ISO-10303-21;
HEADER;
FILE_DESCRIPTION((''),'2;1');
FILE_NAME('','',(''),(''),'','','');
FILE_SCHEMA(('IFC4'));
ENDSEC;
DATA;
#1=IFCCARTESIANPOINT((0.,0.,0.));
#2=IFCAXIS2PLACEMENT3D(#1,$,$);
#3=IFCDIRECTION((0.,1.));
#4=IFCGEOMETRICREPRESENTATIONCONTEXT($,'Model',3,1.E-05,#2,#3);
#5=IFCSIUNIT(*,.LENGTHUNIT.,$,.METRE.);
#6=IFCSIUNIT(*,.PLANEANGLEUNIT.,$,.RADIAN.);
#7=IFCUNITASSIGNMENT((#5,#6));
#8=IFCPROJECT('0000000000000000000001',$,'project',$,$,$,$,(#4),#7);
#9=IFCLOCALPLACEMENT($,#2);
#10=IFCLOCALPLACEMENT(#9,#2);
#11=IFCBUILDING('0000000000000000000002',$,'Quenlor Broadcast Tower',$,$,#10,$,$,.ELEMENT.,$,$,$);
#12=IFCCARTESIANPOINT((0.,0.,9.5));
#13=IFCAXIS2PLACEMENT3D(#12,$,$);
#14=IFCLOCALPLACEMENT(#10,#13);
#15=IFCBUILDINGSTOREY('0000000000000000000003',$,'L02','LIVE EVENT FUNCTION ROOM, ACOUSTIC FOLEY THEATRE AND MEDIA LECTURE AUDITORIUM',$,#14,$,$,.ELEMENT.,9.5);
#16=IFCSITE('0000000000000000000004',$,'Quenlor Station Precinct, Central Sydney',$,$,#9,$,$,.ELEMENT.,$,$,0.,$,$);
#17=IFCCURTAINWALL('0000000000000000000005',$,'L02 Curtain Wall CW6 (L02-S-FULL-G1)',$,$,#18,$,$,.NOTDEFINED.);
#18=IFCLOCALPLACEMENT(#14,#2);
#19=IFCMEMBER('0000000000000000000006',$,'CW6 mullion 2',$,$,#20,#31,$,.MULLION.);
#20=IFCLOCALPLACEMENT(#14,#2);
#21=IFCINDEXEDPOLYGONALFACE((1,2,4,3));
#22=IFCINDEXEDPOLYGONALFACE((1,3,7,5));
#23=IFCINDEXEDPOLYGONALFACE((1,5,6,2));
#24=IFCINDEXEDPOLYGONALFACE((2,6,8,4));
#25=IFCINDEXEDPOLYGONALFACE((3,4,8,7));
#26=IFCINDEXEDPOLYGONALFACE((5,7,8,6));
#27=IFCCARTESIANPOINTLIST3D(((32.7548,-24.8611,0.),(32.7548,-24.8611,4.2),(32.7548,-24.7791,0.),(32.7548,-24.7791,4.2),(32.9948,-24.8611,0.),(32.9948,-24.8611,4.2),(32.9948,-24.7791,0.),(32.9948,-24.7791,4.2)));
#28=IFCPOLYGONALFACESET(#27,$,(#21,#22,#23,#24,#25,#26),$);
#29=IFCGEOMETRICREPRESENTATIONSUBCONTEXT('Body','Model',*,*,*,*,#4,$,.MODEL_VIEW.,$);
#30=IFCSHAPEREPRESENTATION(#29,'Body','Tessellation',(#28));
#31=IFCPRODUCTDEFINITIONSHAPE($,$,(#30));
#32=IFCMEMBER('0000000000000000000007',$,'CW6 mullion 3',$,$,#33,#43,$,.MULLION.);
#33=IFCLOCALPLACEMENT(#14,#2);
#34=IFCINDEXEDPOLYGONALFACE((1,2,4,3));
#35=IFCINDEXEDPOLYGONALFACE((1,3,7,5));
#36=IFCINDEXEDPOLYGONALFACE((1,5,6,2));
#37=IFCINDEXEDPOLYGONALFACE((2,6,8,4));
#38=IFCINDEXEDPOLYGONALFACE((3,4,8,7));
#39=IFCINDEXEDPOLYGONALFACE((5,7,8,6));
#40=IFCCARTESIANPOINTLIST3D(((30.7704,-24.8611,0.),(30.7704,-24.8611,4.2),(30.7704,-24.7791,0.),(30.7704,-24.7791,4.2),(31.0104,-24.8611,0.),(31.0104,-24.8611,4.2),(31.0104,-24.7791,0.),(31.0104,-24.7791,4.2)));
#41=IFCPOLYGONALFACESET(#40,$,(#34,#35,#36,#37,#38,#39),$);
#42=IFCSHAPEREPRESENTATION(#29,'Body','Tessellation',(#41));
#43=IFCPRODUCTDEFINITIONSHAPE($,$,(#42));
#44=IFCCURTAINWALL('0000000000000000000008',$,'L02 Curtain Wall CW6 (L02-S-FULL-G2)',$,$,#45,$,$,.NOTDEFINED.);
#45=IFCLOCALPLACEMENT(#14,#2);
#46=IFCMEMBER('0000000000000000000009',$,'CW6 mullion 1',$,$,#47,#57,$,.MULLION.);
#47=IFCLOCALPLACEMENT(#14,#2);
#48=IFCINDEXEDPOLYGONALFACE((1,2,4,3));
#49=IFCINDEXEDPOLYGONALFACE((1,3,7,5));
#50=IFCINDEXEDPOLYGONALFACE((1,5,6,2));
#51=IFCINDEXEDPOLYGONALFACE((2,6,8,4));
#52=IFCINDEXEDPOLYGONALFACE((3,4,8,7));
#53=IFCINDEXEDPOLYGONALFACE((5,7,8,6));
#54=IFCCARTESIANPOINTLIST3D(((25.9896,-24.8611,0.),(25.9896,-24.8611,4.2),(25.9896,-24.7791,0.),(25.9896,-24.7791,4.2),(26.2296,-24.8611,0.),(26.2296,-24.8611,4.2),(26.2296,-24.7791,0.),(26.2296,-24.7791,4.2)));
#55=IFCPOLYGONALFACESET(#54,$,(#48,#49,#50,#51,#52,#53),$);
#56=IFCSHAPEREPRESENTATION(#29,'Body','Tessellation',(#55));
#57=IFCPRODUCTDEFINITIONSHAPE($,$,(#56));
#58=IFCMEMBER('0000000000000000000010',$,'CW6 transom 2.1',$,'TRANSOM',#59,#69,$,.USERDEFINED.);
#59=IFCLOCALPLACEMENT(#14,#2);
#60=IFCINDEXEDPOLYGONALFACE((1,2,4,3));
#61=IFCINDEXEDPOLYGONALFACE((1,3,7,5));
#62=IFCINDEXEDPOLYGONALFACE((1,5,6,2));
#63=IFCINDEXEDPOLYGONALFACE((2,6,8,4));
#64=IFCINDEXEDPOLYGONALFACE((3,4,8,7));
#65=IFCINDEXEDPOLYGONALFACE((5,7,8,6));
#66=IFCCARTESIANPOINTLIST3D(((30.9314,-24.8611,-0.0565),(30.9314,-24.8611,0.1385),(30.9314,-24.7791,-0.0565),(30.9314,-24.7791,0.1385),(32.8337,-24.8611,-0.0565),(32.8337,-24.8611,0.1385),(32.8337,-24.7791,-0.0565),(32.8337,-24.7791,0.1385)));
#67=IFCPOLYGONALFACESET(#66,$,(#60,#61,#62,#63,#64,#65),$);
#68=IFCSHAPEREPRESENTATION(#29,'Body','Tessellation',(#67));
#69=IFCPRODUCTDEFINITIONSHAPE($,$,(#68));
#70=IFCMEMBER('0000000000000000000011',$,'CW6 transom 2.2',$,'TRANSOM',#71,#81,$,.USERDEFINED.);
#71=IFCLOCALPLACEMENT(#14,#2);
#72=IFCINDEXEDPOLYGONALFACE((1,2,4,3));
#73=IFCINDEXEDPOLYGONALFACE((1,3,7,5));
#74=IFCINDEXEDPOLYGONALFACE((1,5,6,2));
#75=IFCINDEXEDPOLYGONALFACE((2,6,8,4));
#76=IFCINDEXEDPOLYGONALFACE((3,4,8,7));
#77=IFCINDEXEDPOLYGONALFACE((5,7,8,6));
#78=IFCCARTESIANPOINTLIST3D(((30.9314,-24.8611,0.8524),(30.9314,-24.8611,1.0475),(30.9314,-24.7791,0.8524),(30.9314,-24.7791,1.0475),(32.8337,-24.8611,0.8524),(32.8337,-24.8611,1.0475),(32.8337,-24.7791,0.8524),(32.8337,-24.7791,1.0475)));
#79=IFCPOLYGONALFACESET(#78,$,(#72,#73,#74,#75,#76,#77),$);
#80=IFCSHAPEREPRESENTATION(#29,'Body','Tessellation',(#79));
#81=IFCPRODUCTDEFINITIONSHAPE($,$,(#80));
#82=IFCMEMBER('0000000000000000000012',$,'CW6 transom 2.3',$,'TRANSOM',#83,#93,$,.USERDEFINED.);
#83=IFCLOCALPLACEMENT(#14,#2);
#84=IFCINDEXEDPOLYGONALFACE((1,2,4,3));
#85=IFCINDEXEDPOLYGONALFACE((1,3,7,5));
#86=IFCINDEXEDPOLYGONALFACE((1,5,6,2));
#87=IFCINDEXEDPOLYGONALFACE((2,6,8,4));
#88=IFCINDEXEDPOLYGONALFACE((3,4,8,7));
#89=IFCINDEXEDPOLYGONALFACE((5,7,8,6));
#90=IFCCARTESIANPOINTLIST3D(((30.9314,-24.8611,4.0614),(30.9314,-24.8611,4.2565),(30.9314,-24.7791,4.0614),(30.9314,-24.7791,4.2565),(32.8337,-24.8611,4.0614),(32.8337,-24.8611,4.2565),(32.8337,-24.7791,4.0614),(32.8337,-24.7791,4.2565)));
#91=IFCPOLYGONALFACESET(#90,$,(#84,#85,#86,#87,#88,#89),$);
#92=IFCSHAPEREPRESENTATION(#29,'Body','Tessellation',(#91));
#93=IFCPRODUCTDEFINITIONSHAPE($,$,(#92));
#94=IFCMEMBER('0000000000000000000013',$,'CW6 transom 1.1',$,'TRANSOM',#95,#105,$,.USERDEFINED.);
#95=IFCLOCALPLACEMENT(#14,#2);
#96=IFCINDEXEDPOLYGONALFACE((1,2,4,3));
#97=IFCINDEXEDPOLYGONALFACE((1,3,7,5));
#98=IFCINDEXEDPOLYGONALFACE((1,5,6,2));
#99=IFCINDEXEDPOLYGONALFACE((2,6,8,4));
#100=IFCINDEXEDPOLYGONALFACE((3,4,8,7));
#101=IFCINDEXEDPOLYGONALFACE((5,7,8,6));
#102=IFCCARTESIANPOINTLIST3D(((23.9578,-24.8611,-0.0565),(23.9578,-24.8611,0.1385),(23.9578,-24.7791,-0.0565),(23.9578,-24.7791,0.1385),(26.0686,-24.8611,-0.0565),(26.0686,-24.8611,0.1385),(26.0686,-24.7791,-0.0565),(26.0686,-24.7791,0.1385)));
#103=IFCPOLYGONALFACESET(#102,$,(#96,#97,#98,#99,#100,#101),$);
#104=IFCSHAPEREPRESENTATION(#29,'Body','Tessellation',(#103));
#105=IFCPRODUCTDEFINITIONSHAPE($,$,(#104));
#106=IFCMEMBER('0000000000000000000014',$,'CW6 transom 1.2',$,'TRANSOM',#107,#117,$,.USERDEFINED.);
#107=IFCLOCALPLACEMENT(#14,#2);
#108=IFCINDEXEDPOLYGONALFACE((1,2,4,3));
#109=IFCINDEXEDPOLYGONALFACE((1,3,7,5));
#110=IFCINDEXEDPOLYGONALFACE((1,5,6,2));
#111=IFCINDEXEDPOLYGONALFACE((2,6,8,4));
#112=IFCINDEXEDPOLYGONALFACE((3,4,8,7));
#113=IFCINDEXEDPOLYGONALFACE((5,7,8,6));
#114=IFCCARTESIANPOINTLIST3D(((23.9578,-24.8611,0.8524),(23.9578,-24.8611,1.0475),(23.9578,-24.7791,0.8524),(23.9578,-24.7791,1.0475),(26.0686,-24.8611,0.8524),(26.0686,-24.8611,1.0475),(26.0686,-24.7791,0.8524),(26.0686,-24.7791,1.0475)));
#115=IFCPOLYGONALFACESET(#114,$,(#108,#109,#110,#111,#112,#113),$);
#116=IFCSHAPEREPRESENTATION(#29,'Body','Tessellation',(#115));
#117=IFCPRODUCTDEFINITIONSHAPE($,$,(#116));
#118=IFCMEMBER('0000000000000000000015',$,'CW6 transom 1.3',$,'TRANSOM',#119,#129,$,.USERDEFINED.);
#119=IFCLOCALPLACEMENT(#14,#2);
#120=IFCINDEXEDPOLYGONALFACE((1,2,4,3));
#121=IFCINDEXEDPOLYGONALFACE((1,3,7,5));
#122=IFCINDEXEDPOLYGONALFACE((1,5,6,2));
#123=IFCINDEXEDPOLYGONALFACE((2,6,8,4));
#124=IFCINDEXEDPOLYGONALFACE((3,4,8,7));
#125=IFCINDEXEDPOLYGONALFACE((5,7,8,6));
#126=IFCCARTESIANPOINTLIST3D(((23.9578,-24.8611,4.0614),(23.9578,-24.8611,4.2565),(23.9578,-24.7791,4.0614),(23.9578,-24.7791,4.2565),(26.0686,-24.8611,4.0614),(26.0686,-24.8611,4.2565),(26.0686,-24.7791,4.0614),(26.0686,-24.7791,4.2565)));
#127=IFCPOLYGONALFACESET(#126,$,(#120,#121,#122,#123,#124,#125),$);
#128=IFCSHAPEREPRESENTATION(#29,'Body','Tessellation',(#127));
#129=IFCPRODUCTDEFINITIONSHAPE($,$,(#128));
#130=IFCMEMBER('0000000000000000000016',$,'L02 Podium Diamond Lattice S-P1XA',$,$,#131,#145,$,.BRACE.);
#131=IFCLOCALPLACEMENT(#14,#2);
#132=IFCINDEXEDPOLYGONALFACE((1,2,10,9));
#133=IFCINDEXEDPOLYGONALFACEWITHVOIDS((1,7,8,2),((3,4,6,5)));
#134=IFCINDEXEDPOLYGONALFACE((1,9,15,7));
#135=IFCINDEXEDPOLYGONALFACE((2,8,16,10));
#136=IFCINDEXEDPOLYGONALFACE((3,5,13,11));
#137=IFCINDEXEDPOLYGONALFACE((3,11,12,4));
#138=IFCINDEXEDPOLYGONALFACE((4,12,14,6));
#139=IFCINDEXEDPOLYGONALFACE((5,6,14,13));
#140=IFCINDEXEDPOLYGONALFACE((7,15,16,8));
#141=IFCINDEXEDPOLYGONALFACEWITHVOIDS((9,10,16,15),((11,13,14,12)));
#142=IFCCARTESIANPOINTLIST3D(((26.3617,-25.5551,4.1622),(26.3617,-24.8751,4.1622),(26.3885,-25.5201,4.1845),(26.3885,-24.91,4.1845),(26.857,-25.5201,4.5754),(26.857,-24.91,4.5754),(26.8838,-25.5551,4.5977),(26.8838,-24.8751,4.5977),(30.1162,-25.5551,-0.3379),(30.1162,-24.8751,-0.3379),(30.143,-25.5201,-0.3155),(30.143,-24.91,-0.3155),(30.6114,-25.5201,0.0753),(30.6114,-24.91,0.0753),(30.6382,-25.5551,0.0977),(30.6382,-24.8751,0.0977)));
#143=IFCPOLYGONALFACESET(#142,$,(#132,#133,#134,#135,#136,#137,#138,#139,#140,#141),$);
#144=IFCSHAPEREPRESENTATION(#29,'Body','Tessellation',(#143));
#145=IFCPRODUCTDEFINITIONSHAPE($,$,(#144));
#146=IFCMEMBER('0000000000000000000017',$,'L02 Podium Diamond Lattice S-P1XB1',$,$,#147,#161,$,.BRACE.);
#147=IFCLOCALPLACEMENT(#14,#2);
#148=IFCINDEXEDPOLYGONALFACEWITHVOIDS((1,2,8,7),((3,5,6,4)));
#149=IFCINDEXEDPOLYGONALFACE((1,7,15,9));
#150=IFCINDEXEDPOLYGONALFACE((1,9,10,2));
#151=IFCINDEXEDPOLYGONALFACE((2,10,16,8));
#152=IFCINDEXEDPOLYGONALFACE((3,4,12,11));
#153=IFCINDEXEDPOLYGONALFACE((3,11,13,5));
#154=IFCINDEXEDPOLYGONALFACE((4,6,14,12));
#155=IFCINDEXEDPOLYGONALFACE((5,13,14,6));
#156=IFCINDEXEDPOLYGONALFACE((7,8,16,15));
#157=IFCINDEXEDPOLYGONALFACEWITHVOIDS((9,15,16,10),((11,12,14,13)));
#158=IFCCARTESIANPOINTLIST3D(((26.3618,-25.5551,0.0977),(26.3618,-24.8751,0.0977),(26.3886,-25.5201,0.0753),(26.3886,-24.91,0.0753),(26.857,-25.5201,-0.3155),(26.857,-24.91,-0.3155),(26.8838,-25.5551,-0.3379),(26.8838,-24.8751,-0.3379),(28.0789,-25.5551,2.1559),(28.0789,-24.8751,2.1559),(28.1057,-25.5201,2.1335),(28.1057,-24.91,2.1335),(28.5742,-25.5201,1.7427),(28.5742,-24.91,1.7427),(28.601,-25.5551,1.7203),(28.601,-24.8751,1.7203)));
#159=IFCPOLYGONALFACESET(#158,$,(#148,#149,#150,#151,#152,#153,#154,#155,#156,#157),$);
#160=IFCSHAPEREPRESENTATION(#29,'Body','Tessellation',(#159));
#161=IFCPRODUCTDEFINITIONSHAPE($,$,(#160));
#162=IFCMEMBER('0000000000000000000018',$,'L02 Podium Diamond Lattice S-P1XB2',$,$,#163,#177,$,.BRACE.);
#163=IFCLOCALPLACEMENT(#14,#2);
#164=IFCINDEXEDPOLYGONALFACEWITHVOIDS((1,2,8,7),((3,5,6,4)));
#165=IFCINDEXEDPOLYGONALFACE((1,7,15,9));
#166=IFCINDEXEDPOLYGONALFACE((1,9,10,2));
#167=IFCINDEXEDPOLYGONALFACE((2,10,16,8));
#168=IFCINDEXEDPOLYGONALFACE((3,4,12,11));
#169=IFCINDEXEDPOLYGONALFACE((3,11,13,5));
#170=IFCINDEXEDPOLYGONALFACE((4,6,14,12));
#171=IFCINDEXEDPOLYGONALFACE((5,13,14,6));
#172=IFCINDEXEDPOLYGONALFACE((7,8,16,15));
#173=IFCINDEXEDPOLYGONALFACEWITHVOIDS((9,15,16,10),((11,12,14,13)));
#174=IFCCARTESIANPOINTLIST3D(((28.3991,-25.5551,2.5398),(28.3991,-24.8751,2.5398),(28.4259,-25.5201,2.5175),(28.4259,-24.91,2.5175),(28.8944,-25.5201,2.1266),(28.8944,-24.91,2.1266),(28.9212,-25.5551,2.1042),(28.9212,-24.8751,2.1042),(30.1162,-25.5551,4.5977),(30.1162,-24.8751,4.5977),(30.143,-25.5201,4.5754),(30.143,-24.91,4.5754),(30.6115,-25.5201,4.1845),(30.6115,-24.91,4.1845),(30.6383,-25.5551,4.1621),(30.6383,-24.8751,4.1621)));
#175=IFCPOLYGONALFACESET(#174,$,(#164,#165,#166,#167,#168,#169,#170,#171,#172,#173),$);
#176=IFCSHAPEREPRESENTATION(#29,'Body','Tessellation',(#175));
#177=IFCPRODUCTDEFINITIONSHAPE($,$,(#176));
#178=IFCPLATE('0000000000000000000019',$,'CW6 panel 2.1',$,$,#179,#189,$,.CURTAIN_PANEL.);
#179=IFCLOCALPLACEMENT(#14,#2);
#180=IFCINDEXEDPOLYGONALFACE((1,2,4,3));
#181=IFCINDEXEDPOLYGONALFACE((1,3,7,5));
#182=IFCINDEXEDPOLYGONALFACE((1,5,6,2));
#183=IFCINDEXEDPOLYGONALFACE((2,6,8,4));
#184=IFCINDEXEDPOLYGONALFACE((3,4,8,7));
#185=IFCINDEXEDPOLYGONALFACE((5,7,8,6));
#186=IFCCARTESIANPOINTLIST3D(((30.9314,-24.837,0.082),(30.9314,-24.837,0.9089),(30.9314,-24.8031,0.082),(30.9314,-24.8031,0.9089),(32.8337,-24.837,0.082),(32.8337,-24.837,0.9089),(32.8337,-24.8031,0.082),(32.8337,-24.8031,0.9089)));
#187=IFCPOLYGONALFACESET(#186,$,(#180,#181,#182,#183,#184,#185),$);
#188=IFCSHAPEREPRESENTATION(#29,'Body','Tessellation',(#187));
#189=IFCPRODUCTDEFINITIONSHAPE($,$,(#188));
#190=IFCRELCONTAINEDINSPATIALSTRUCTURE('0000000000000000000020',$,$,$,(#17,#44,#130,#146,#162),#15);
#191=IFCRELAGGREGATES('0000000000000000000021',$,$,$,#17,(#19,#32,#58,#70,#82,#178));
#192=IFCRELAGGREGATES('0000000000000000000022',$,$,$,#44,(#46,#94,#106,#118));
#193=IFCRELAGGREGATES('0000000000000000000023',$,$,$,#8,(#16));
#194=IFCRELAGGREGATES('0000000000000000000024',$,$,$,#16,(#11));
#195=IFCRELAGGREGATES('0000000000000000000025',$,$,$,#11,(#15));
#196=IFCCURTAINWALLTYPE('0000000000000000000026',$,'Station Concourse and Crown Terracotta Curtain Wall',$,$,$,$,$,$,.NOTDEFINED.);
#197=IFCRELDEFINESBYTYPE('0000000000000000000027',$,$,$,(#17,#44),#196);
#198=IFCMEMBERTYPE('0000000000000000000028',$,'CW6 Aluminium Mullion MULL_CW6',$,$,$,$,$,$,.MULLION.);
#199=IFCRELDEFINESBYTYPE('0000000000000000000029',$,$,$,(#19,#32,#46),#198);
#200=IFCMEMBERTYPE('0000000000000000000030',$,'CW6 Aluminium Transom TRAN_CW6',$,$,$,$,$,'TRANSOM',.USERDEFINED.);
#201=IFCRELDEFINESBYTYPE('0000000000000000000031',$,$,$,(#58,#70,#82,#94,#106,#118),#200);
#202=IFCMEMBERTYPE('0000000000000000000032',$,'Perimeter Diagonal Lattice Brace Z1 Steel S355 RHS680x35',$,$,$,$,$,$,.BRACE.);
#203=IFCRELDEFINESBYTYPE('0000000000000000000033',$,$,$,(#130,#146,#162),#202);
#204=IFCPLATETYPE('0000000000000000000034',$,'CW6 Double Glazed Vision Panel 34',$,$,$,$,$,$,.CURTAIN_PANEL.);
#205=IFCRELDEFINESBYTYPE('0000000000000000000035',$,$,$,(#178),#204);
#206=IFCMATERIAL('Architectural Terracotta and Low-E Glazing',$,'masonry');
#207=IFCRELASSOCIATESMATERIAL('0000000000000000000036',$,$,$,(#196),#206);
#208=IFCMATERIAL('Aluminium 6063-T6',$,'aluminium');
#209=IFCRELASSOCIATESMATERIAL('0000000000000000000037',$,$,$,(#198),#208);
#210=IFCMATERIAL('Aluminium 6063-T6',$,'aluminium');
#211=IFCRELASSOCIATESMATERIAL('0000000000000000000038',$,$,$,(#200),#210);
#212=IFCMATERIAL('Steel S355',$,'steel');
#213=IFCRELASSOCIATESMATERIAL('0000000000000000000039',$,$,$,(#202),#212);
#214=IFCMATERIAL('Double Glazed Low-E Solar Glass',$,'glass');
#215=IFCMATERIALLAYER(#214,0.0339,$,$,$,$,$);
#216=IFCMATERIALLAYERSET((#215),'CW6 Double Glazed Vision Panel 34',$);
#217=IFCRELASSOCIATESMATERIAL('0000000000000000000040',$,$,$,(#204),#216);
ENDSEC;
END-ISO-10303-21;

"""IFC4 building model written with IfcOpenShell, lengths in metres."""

from ifc_helpers import new_model, si_unit, direction, frame, origin, origin_2d, place, context, subcontext, project, spatial, rectangle, hollow_rectangle, extrude, material, layer, layer_set, material_profile, profile_set, type_object, element, aggregate, save


model = new_model("IFC4")

# Units and contexts
model_context = context("Model", 3, precision=1e-05, world=origin(), true_north=direction((0.0, 1.0)))
body_context = subcontext(model_context, "Body", "Model", "MODEL_VIEW")
ifc_project = project(units=[si_unit("LENGTHUNIT", "METRE"), si_unit("PLANEANGLEUNIT", "RADIAN")], contexts=[model_context])

# Site, building, storey
site_placement = place(None, origin())
site = spatial("IfcSite", under=ifc_project, at=site_placement, Name="Quenlor Station Precinct, Central Sydney", CompositionType="ELEMENT", RefElevation=0.0)
building_placement = place(site_placement, origin())
building = spatial("IfcBuilding", under=site, at=building_placement, Name="Quenlor Broadcast Tower", CompositionType="ELEMENT")
storey_placement = place(building_placement, frame((0.0, 0.0, 9.5)))
storey = spatial("IfcBuildingStorey", under=building, at=storey_placement, Name="L02", Description="LIVE EVENT FUNCTION ROOM, ACOUSTIC FOLEY THEATRE AND MEDIA LECTURE AUDITORIUM", CompositionType="ELEMENT", Elevation=9.5)

# Curtain wall, members
ifc_material_1 = material(Name="Architectural Terracotta and Low-E Glazing", Category="masonry")
curtain_wall_type = type_object("IfcCurtainWallType", Name="Station Concourse and Crown Terracotta Curtain Wall", PredefinedType="NOTDEFINED", material=ifc_material_1)
curtain_wall_1_placement = place(storey_placement, origin())
curtain_wall_1 = element("IfcCurtainWall", 1, at=curtain_wall_1_placement, inside=storey, type_object=curtain_wall_type, Name="L02 Curtain Wall CW6 (L02-S-FULL-G1)", PredefinedType="NOTDEFINED")
ifc_material_2 = material(Name="Aluminium 6063-T6", Category="aluminium")
ifc_material_profile_1 = material_profile(ifc_material_2, rectangle(XDim=0.082, YDim=0.24, at=origin_2d()))
ifc_profile_set_1 = profile_set([ifc_material_profile_1], Name="Aluminium 6063-T6 MULL82x240")
member_type_1 = type_object("IfcMemberType", Name="CW6 Aluminium Mullion MULL_CW6", PredefinedType="MULLION", material=ifc_profile_set_1)
member_1_placement = place(storey_placement, frame((32.8748, -24.8201, 0.0), z_axis=(0.0, 0.0, 1.0), x_axis=(0.0, -1.0, 0.0)))
member_1 = element("IfcMember", 2, at=member_1_placement, type_object=member_type_1, Name="CW6 mullion 2", PredefinedType="MULLION", context=body_context, shape_type="SweptSolid", body=[
    extrude(rectangle(XDim=0.082, YDim=0.24, at=origin_2d()), origin(), (0.0, 0.0, 1.0), 4.2),
])
member_2_placement = place(storey_placement, frame((30.8904, -24.8201, 0.0), z_axis=(0.0, 0.0, 1.0), x_axis=(0.0, -1.0, 0.0)))
member_2 = element("IfcMember", 3, at=member_2_placement, type_object=member_type_1, Name="CW6 mullion 3", PredefinedType="MULLION", context=body_context, shape_type="SweptSolid", body=[
    extrude(rectangle(XDim=0.082, YDim=0.24, at=origin_2d()), origin(), (0.0, 0.0, 1.0), 4.2),
])

# Curtain wall, member
curtain_wall_2_placement = place(storey_placement, origin())
curtain_wall_2 = element("IfcCurtainWall", 4, at=curtain_wall_2_placement, inside=storey, type_object=curtain_wall_type, Name="L02 Curtain Wall CW6 (L02-S-FULL-G2)", PredefinedType="NOTDEFINED")
member_3_placement = place(storey_placement, frame((26.1096, -24.8201, 0.0), z_axis=(0.0, 0.0, 1.0), x_axis=(0.0, -1.0, 0.0)))
member_3 = element("IfcMember", 5, at=member_3_placement, type_object=member_type_1, Name="CW6 mullion 1", PredefinedType="MULLION", context=body_context, shape_type="SweptSolid", body=[
    extrude(rectangle(XDim=0.082, YDim=0.24, at=origin_2d()), origin(), (0.0, 0.0, 1.0), 4.2),
])

# Members
ifc_material_3 = material(Name="Aluminium 6063-T6", Category="aluminium")
ifc_material_profile_2 = material_profile(ifc_material_3, rectangle(XDim=0.082, YDim=0.1951, at=origin_2d()))
ifc_profile_set_2 = profile_set([ifc_material_profile_2], Name="Aluminium 6063-T6 TRAN82x195")
member_type_2 = type_object("IfcMemberType", Name="CW6 Aluminium Transom TRAN_CW6", ElementType="TRANSOM", PredefinedType="USERDEFINED", material=ifc_profile_set_2)
member_4_placement = place(storey_placement, frame((32.8337, -24.8201, 0.041), z_axis=(-1.0, 0.0, 0.0), x_axis=(0.0, -1.0, 0.0)))
member_4 = element("IfcMember", 6, at=member_4_placement, type_object=member_type_2, Name="CW6 transom 2.1", ObjectType="TRANSOM", PredefinedType="USERDEFINED", context=body_context, shape_type="SweptSolid", body=[
    extrude(rectangle(XDim=0.082, YDim=0.1951, at=origin_2d()), origin(), (0.0, 0.0, 1.0), 1.9023),
])
member_5_placement = place(storey_placement, frame((32.8337, -24.8201, 0.95), z_axis=(-1.0, 0.0, 0.0), x_axis=(0.0, -1.0, 0.0)))
member_5 = element("IfcMember", 7, at=member_5_placement, type_object=member_type_2, Name="CW6 transom 2.2", ObjectType="TRANSOM", PredefinedType="USERDEFINED", context=body_context, shape_type="SweptSolid", body=[
    extrude(rectangle(XDim=0.082, YDim=0.1951, at=origin_2d()), origin(), (0.0, 0.0, 1.0), 1.9023),
])
member_6_placement = place(storey_placement, frame((32.8337, -24.8201, 4.1589), z_axis=(-1.0, 0.0, 0.0), x_axis=(0.0, -1.0, 0.0)))
member_6 = element("IfcMember", 8, at=member_6_placement, type_object=member_type_2, Name="CW6 transom 2.3", ObjectType="TRANSOM", PredefinedType="USERDEFINED", context=body_context, shape_type="SweptSolid", body=[
    extrude(rectangle(XDim=0.082, YDim=0.1951, at=origin_2d()), origin(), (0.0, 0.0, 1.0), 1.9023),
])
member_7_placement = place(storey_placement, frame((26.0686, -24.8201, 0.041), z_axis=(-1.0, 0.0, 0.0), x_axis=(0.0, -1.0, 0.0)))
member_7 = element("IfcMember", 9, at=member_7_placement, type_object=member_type_2, Name="CW6 transom 1.1", ObjectType="TRANSOM", PredefinedType="USERDEFINED", context=body_context, shape_type="SweptSolid", body=[
    extrude(rectangle(XDim=0.082, YDim=0.1951, at=origin_2d()), origin(), (0.0, 0.0, 1.0), 2.1108),
])
member_8_placement = place(storey_placement, frame((26.0686, -24.8201, 0.95), z_axis=(-1.0, 0.0, 0.0), x_axis=(0.0, -1.0, 0.0)))
member_8 = element("IfcMember", 10, at=member_8_placement, type_object=member_type_2, Name="CW6 transom 1.2", ObjectType="TRANSOM", PredefinedType="USERDEFINED", context=body_context, shape_type="SweptSolid", body=[
    extrude(rectangle(XDim=0.082, YDim=0.1951, at=origin_2d()), origin(), (0.0, 0.0, 1.0), 2.1108),
])
member_9_placement = place(storey_placement, frame((26.0686, -24.8201, 4.1589), z_axis=(-1.0, 0.0, 0.0), x_axis=(0.0, -1.0, 0.0)))
member_9 = element("IfcMember", 11, at=member_9_placement, type_object=member_type_2, Name="CW6 transom 1.3", ObjectType="TRANSOM", PredefinedType="USERDEFINED", context=body_context, shape_type="SweptSolid", body=[
    extrude(rectangle(XDim=0.082, YDim=0.1951, at=origin_2d()), origin(), (0.0, 0.0, 1.0), 2.1108),
])

# Members
ifc_material_4 = material(Name="Steel S355", Category="steel")
ifc_material_profile_3 = material_profile(ifc_material_4, hollow_rectangle(XDim=0.6799, YDim=0.6799, WallThickness=0.0349, at=origin_2d()))
ifc_profile_set_3 = profile_set([ifc_material_profile_3], Name="Steel S355 RHS680x680x35")
member_type_3 = type_object("IfcMemberType", Name="Perimeter Diagonal Lattice Brace Z1 Steel S355 RHS680x35", PredefinedType="BRACE", material=ifc_profile_set_3)
member_10_placement = place(storey_placement, frame((30.3772, -25.2151, -0.1201), z_axis=(-0.640627, 0.0, 0.767852), x_axis=(0.0, -1.0, 0.0)))
element("IfcMember", 12, at=member_10_placement, inside=storey, type_object=member_type_3, Name="L02 Podium Diamond Lattice S-P1XA", PredefinedType="BRACE", context=body_context, shape_type="SweptSolid", body=[
    extrude(hollow_rectangle(XDim=0.6799, YDim=0.6799, WallThickness=0.0349, at=origin_2d()), origin(), (0.0, 0.0, 1.0), 5.8606),
])
member_11_placement = place(storey_placement, frame((26.6228, -25.2151, -0.1201), z_axis=(0.640614, 0.0, 0.767863), x_axis=(0.0, 1.0, 0.0)))
element("IfcMember", 13, at=member_11_placement, inside=storey, type_object=member_type_3, Name="L02 Podium Diamond Lattice S-P1XB1", PredefinedType="BRACE", context=body_context, shape_type="SweptSolid", body=[
    extrude(hollow_rectangle(XDim=0.6799, YDim=0.6799, WallThickness=0.0349, at=origin_2d()), origin(), (0.0, 0.0, 1.0), 2.6804),
])
member_12_placement = place(storey_placement, frame((28.6602, -25.2151, 2.322), z_axis=(0.640659, 0.0, 0.767825), x_axis=(0.0, 1.0, 0.0)))
element("IfcMember", 14, at=member_12_placement, inside=storey, type_object=member_type_3, Name="L02 Podium Diamond Lattice S-P1XB2", PredefinedType="BRACE", context=body_context, shape_type="SweptSolid", body=[
    extrude(hollow_rectangle(XDim=0.6799, YDim=0.6799, WallThickness=0.0349, at=origin_2d()), origin(), (0.0, 0.0, 1.0), 2.6802),
])

# Plate
ifc_material_5 = material(Name="Double Glazed Low-E Solar Glass", Category="glass")
ifc_layer_1 = layer(ifc_material_5, 0.0339)
ifc_layer_set_1 = layer_set([ifc_layer_1], Name="CW6 Double Glazed Vision Panel 34")
plate_type_1 = type_object("IfcPlateType", Name="CW6 Double Glazed Vision Panel 34", PredefinedType="CURTAIN_PANEL", material=ifc_layer_set_1)
plate_1_placement = place(storey_placement, frame((31.8826, -24.8201, 0.082), z_axis=(0.0, 0.0, 1.0), x_axis=(-1.0, 0.0, 0.0)))
plate_1 = element("IfcPlate", 15, at=plate_1_placement, type_object=plate_type_1, Name="CW6 panel 2.1", PredefinedType="CURTAIN_PANEL", context=body_context, shape_type="SweptSolid", body=[
    extrude(rectangle(XDim=1.9023, YDim=0.0339, at=origin_2d()), origin(), (0.0, 0.0, 1.0), 0.8269),
])
aggregate(curtain_wall_1, [member_1, member_2, member_4, member_5, member_6, plate_1])
aggregate(curtain_wall_2, [member_3, member_7, member_8, member_9])

save(model, "model.ifc")
